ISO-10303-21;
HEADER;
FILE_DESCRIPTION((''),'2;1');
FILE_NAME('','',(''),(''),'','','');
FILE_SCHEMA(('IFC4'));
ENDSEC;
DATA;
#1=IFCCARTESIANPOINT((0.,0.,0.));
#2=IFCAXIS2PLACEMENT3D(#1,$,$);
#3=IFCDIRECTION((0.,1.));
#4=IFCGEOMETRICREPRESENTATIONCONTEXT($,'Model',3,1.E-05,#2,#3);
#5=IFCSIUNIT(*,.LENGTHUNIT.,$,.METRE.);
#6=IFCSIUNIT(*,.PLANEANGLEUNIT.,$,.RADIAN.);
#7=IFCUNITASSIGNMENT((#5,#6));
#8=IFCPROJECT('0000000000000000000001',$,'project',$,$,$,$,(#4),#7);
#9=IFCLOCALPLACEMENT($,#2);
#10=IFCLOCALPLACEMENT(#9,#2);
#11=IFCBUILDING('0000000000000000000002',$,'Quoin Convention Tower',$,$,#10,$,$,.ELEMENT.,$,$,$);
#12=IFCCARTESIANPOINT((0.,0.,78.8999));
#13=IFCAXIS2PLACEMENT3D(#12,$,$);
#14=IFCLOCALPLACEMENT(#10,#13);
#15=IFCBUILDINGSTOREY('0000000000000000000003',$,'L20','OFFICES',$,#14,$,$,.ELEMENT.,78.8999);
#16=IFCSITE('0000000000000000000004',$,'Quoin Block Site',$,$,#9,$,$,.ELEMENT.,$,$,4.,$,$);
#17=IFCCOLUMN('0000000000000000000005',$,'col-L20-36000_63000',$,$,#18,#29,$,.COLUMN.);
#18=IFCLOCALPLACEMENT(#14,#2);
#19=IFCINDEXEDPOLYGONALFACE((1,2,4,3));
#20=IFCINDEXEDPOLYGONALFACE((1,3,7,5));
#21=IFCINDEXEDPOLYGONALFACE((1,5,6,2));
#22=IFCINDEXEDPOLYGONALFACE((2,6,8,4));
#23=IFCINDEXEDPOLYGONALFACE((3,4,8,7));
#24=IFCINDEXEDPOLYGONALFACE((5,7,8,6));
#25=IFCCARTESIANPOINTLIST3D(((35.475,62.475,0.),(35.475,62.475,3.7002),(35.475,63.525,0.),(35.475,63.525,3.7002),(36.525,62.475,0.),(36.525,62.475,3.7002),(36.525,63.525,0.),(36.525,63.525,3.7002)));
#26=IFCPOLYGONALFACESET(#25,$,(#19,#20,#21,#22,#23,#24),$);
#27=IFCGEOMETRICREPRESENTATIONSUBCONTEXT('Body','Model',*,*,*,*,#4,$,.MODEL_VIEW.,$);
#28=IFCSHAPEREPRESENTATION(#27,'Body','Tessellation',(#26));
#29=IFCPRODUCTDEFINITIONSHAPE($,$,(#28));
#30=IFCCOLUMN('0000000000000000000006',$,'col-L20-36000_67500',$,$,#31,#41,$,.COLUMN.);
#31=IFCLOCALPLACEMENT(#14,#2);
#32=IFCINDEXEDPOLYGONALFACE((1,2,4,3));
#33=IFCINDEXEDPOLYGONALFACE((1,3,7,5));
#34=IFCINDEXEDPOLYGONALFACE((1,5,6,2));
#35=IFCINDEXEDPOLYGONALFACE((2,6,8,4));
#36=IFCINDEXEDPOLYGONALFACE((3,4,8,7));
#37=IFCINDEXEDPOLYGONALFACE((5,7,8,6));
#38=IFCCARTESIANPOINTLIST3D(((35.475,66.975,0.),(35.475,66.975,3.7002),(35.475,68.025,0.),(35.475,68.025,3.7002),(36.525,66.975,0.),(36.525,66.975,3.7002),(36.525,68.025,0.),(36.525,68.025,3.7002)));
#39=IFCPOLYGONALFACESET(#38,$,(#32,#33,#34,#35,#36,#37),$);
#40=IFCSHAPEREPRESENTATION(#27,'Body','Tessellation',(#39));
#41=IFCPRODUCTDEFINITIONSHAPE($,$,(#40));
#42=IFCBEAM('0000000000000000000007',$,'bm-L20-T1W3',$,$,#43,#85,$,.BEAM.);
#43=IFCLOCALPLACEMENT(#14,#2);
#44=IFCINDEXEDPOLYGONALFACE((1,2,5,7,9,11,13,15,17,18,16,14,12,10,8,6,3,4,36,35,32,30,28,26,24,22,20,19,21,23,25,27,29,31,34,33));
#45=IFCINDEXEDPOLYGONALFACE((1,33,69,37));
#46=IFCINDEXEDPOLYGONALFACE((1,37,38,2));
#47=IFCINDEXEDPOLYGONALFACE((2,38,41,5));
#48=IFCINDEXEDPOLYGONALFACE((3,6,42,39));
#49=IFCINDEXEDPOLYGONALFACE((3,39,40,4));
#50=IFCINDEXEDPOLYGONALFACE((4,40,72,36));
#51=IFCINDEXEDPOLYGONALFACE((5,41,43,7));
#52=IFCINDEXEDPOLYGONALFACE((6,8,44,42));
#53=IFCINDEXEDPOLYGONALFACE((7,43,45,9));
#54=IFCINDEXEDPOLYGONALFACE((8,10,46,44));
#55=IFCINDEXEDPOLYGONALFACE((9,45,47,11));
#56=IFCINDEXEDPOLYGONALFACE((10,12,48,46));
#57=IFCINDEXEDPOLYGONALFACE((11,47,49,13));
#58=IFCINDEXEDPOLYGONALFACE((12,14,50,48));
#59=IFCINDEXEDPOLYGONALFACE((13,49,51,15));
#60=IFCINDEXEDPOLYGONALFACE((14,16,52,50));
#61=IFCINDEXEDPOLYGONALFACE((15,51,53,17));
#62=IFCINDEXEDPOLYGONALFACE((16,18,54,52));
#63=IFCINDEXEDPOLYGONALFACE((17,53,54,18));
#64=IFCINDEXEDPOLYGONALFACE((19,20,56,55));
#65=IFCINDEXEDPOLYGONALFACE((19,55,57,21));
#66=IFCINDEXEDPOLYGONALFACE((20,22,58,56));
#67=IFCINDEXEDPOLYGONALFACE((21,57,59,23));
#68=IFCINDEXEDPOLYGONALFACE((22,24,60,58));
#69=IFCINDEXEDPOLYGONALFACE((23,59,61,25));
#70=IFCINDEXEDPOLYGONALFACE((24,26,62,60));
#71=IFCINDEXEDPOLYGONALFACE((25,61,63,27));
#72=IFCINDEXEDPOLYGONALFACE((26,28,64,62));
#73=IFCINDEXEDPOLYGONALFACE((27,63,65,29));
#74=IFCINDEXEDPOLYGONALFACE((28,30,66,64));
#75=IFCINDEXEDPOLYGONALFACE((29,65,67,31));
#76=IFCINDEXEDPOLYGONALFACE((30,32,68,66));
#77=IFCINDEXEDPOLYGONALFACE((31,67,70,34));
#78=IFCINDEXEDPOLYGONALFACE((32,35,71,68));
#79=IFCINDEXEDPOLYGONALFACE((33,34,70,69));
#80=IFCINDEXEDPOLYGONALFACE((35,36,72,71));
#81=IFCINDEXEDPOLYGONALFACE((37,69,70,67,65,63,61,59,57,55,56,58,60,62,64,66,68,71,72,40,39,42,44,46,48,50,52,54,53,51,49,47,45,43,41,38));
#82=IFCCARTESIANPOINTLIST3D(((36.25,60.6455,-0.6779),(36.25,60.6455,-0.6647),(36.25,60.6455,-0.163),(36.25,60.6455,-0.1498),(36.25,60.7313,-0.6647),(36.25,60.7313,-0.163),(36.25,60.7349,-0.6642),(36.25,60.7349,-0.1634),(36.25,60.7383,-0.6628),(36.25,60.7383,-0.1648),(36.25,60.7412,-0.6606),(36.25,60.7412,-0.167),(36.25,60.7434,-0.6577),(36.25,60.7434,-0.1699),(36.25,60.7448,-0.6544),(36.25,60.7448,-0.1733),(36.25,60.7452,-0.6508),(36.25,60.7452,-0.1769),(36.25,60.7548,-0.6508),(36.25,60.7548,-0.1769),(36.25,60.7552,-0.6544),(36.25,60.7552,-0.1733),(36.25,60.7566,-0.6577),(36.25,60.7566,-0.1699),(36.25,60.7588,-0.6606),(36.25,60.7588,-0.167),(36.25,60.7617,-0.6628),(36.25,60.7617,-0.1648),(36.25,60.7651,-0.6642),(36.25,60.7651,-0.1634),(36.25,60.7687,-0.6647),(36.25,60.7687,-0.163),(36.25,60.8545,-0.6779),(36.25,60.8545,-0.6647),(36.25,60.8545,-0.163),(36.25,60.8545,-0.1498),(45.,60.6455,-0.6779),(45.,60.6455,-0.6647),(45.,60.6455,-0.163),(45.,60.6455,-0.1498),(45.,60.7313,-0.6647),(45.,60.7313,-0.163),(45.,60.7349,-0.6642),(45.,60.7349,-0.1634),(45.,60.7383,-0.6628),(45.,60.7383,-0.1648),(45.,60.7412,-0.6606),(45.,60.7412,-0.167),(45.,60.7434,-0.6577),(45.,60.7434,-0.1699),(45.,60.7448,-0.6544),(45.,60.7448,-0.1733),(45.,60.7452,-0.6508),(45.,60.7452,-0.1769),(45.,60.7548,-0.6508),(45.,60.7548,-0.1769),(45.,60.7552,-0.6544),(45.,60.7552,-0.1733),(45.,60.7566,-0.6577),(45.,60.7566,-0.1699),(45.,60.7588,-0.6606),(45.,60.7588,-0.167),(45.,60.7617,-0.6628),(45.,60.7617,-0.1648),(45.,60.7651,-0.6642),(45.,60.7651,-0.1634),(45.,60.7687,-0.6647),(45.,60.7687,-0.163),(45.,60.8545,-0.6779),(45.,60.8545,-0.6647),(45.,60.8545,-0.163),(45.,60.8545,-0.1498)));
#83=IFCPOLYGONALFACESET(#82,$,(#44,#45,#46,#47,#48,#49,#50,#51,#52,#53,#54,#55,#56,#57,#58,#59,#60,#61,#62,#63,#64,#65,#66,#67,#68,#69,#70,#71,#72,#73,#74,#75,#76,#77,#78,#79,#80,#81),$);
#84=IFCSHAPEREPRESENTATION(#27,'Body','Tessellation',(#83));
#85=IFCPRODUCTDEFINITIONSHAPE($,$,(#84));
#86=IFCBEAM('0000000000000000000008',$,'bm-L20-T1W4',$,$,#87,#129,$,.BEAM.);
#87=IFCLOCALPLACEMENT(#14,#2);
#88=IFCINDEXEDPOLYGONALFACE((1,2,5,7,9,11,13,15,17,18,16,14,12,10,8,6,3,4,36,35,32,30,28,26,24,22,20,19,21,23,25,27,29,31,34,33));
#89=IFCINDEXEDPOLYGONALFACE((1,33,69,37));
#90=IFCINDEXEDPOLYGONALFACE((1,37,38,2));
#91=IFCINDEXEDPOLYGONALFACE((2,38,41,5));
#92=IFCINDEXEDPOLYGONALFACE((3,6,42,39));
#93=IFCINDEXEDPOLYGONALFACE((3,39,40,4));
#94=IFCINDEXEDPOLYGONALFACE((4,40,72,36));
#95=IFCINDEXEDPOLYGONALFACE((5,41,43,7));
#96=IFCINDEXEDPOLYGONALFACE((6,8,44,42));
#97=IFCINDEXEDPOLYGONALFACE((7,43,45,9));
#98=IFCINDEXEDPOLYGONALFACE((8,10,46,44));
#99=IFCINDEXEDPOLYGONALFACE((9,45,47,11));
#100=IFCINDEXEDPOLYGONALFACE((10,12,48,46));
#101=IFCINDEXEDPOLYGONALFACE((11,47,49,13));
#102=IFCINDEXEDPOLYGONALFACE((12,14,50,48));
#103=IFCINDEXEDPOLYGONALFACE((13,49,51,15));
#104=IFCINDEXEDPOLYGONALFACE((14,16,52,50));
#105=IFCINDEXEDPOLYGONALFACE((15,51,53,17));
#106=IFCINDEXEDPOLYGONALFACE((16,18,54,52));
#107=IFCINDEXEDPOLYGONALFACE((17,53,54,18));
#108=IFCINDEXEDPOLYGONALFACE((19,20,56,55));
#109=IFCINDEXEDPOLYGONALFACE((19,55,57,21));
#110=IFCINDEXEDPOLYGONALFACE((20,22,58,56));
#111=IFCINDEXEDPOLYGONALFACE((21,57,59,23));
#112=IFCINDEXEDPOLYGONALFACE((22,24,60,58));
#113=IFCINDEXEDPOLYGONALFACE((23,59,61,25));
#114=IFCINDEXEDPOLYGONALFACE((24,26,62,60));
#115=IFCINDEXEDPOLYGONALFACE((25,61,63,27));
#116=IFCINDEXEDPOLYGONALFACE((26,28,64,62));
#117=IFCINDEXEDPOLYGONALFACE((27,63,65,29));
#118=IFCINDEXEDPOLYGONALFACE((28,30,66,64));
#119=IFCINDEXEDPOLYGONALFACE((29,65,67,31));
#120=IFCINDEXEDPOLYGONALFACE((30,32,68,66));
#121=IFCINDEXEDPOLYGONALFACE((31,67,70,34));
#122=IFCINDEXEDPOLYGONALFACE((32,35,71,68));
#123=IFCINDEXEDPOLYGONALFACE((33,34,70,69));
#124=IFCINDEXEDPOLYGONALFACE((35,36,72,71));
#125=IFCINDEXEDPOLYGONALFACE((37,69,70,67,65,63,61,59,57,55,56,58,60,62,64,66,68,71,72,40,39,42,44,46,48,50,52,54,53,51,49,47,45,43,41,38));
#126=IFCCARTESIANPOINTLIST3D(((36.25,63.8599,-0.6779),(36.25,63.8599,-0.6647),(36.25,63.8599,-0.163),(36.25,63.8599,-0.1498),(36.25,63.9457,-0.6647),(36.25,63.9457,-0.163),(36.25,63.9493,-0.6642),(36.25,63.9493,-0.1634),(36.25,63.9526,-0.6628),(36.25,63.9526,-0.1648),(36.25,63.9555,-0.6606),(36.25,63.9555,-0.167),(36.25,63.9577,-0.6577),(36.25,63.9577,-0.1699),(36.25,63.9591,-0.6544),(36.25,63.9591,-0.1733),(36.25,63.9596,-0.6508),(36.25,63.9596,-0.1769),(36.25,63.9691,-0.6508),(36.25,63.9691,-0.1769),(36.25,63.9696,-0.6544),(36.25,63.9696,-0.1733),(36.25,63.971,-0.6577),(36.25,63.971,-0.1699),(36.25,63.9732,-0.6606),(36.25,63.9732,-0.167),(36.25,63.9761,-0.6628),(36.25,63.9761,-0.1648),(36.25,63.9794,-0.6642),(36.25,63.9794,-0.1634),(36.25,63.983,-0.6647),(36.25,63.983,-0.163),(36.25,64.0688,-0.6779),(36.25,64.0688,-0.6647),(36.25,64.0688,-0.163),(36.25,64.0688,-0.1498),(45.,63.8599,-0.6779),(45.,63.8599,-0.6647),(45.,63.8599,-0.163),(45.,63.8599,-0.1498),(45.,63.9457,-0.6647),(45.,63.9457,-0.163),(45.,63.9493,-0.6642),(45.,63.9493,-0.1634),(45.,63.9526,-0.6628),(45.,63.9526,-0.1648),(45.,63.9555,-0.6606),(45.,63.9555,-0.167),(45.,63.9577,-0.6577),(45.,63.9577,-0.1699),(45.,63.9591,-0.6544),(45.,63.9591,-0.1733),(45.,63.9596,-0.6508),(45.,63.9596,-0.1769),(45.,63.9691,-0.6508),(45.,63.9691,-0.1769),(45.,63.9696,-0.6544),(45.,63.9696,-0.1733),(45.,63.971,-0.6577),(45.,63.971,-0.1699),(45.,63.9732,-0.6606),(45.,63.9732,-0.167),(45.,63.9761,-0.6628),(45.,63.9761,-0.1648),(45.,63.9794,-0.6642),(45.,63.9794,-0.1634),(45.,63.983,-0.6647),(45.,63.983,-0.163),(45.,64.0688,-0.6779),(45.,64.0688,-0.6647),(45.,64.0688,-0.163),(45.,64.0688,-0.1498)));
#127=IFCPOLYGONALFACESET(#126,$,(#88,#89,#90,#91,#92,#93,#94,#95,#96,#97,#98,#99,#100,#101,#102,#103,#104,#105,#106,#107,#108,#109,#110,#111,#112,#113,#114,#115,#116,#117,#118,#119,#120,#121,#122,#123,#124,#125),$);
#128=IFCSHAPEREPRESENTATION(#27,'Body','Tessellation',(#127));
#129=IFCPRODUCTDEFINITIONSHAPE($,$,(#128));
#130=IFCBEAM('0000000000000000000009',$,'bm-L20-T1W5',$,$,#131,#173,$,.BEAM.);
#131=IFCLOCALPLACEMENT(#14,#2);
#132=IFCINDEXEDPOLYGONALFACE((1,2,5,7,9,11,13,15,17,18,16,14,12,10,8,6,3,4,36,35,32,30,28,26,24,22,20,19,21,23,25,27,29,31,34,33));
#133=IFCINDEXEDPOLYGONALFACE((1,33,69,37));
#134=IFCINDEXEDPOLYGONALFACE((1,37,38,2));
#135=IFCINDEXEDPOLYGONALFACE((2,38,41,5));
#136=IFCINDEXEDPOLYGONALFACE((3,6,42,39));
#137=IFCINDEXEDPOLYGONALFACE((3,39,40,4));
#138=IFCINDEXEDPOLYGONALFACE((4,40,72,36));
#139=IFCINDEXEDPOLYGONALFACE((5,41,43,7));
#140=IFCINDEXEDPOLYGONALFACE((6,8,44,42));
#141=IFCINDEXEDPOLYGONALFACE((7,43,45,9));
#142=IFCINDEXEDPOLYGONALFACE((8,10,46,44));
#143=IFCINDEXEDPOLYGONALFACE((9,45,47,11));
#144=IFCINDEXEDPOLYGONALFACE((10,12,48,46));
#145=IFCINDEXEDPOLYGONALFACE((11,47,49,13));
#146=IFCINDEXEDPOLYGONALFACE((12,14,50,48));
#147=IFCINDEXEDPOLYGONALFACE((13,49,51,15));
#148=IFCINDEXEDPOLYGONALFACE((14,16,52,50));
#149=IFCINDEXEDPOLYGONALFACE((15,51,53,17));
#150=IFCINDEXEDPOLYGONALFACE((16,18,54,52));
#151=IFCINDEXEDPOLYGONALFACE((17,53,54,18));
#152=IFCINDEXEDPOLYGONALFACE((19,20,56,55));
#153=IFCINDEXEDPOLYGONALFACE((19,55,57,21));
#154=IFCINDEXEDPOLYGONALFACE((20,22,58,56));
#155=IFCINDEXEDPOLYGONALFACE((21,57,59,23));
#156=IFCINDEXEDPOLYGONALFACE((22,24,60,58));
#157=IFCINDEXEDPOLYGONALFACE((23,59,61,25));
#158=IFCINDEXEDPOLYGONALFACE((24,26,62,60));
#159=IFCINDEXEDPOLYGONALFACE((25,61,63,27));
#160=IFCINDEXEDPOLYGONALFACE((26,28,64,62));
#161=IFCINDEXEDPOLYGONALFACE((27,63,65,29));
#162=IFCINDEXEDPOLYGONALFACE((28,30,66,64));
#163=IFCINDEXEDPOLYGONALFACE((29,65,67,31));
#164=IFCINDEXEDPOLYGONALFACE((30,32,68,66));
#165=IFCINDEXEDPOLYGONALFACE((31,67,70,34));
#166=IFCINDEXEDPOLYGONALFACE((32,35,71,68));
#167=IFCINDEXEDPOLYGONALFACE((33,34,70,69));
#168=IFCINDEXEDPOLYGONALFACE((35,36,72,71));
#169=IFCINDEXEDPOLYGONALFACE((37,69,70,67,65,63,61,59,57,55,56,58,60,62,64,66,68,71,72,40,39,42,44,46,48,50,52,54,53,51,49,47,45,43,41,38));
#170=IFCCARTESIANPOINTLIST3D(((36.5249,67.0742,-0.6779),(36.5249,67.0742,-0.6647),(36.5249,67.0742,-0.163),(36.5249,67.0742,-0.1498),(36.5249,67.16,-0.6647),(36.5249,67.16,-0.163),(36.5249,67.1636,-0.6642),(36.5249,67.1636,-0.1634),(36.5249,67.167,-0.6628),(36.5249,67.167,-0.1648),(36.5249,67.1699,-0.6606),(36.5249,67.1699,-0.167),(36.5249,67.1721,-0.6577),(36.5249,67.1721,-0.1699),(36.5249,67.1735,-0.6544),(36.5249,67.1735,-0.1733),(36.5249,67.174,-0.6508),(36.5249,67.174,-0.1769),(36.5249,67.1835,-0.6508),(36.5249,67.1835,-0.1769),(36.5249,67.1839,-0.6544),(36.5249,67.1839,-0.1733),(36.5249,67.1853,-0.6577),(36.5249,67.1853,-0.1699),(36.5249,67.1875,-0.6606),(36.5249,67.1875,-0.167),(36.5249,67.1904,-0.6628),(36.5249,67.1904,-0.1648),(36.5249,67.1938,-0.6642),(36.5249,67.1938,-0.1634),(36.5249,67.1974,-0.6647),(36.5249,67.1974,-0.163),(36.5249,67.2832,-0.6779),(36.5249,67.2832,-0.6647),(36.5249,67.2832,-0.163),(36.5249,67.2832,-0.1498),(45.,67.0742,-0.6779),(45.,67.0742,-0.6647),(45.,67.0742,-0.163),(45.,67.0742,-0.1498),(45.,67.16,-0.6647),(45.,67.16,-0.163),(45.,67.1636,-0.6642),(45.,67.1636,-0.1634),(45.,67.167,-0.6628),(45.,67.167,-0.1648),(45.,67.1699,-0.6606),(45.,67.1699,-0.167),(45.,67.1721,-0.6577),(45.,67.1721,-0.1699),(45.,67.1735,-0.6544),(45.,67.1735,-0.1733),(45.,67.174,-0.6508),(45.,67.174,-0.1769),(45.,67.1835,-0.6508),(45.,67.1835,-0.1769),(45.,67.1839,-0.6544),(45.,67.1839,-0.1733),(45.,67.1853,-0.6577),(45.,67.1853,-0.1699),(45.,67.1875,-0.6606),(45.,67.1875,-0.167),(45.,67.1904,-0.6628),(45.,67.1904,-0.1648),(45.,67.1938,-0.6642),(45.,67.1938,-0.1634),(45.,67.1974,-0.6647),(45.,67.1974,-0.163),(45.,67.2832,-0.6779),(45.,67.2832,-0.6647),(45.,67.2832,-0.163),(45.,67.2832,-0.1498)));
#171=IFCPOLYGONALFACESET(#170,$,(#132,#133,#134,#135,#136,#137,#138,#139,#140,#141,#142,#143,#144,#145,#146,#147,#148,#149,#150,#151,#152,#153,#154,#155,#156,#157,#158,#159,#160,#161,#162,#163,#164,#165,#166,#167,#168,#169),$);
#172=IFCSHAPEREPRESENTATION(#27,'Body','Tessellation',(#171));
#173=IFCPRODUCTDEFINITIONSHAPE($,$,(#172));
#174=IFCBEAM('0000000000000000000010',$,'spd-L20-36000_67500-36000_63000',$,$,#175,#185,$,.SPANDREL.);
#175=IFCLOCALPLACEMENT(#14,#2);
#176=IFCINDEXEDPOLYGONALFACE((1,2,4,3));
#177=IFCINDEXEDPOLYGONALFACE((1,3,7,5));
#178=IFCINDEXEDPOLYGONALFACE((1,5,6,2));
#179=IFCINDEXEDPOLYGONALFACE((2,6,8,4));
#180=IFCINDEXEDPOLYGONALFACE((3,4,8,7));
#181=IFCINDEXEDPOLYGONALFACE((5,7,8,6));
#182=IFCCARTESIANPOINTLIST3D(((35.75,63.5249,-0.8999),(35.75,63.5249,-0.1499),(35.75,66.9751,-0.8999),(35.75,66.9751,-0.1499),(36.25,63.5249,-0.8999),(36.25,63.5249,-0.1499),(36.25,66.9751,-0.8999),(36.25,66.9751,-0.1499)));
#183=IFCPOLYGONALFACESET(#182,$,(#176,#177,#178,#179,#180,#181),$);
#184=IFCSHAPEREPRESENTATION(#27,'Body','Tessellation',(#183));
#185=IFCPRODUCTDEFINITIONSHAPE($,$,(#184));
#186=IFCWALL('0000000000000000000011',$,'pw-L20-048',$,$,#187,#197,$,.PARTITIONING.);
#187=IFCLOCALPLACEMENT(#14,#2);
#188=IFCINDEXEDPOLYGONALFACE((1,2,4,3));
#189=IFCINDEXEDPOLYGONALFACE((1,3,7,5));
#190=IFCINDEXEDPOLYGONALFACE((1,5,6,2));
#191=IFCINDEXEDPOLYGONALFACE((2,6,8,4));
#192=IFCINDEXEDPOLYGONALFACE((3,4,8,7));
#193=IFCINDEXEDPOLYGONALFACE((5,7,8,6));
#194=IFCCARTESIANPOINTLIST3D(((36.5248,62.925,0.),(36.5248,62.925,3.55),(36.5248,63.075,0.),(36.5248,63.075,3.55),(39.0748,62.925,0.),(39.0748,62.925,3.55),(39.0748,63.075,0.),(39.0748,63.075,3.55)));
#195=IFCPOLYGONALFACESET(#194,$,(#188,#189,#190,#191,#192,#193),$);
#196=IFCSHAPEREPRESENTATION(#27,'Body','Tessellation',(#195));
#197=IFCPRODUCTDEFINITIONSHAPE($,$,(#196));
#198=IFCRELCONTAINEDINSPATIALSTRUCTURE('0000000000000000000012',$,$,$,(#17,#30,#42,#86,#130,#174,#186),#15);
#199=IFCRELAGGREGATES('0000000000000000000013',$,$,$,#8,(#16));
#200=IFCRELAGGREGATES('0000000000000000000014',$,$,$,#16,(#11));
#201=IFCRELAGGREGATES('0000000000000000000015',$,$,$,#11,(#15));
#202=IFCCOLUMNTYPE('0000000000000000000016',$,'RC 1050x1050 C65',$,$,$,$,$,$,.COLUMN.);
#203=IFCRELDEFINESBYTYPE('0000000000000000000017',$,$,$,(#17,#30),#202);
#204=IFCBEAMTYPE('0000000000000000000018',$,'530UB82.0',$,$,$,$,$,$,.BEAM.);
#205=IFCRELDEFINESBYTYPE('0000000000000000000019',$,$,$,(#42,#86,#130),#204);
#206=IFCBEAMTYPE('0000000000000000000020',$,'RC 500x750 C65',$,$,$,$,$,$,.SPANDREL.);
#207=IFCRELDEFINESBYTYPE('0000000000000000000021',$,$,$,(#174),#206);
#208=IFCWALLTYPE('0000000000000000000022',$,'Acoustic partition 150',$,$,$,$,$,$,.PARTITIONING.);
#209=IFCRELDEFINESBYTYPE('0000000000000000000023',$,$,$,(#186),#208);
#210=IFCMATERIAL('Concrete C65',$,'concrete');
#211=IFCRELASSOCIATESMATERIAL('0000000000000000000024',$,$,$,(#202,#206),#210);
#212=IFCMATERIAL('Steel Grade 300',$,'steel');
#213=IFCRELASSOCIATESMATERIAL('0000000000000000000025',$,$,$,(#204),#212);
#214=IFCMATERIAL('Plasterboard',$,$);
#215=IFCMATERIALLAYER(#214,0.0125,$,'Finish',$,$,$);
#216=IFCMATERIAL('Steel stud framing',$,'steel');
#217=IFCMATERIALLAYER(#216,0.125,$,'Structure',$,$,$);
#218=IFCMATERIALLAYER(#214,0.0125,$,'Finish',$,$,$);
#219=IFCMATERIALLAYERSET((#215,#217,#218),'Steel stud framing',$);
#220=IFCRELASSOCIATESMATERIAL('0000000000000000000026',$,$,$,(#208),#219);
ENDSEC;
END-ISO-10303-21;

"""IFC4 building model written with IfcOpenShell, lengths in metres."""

from ifc_helpers import new_model, si_unit, direction, frame, frame_2d, origin, origin_2d, place, context, subcontext, project, spatial, rectangle, i_section, extrude, material, layer, layer_set, material_profile, profile_set, type_object, element, save


model = new_model("IFC4")

# Units and contexts
model_context = context("Model", 3, precision=1e-05, world=origin(), true_north=direction((0.0, 1.0)))
body_context = subcontext(model_context, "Body", "Model", "MODEL_VIEW")
ifc_project = project(units=[si_unit("LENGTHUNIT", "METRE"), si_unit("PLANEANGLEUNIT", "RADIAN")], contexts=[model_context])

# Site, building, storey
site_placement = place(None, origin())
site = spatial("IfcSite", under=ifc_project, at=site_placement, Name="Quoin Block Site", CompositionType="ELEMENT", RefElevation=4.0)
building_placement = place(site_placement, origin())
building = spatial("IfcBuilding", under=site, at=building_placement, Name="Quoin Convention Tower", CompositionType="ELEMENT")
storey_placement = place(building_placement, frame((0.0, 0.0, 78.8999)))
storey = spatial("IfcBuildingStorey", under=building, at=storey_placement, Name="L20", Description="OFFICES", CompositionType="ELEMENT", Elevation=78.8999)

# Columns
ifc_material_1 = material(Name="Concrete C65", Category="concrete")
ifc_material_profile_1 = material_profile(ifc_material_1, rectangle(XDim=1.05, YDim=1.05, at=origin_2d()), Name="RC 1050x1050")
ifc_profile_set_1 = profile_set([ifc_material_profile_1], Name="Concrete C65")
column_type = type_object("IfcColumnType", Name="RC 1050x1050 C65", PredefinedType="COLUMN", material=ifc_profile_set_1)
for number, where, z_axis, x_axis, name in (
    (1, (36.0, 63.0, 0.0), (0.0, 0.0, 1.0), (1.0, 0.0, 0.0), "col-L20-36000_63000"),
    (2, (36.0, 67.5, 0.0), (0.0, 0.0, 1.0), (1.0, 0.0, 0.0), "col-L20-36000_67500"),
):
    element("IfcColumn", number, at=place(storey_placement, frame(where, z_axis=z_axis, x_axis=x_axis)), inside=storey, type_object=column_type, Name=name, PredefinedType="COLUMN", context=body_context, shape_type="SweptSolid", body=[
        extrude(rectangle(XDim=1.05, YDim=1.05, at=origin_2d()), origin(), (0.0, 0.0, 1.0), 3.7002),
    ])

# Beams
ifc_material_2 = material(Name="Steel Grade 300", Category="steel")
ifc_material_profile_2 = material_profile(ifc_material_2, i_section(OverallWidth=0.209, OverallDepth=0.5281, WebThickness=0.0095, FlangeThickness=0.0132, FilletRadius=0.0139, at=origin_2d()), Name="530UB82.0")
ifc_profile_set_2 = profile_set([ifc_material_profile_2], Name="Steel Grade 300")
beam_type_1 = type_object("IfcBeamType", Name="530UB82.0", PredefinedType="BEAM", material=ifc_profile_set_2)
for number, where, z_axis, x_axis, name in (
    (3, (36.25, 60.75, -0.4138), (1.0, 0.0, 0.0), (0.0, 1.0, 0.0), "bm-L20-T1W3"),
    (4, (36.25, 63.9644, -0.4138), (1.0, 0.0, 0.0), (0.0, 1.0, 0.0), "bm-L20-T1W4"),
):
    element("IfcBeam", number, at=place(storey_placement, frame(where, z_axis=z_axis, x_axis=x_axis)), inside=storey, type_object=beam_type_1, Name=name, PredefinedType="BEAM", context=body_context, shape_type="SweptSolid", body=[
        extrude(i_section(OverallWidth=0.209, OverallDepth=0.5281, WebThickness=0.0095, FlangeThickness=0.0132, FilletRadius=0.0139, at=origin_2d()), origin(), (0.0, 0.0, 1.0), 8.75),
    ])
beam_1_placement = place(storey_placement, frame((36.5249, 67.1787, -0.4138), z_axis=(1.0, 0.0, 0.0), x_axis=(0.0, 1.0, 0.0)))
element("IfcBeam", 5, at=beam_1_placement, inside=storey, type_object=beam_type_1, Name="bm-L20-T1W5", PredefinedType="BEAM", context=body_context, shape_type="SweptSolid", body=[
    extrude(i_section(OverallWidth=0.209, OverallDepth=0.5281, WebThickness=0.0095, FlangeThickness=0.0132, FilletRadius=0.0139, at=origin_2d()), origin(), (0.0, 0.0, 1.0), 8.4751),
])
ifc_material_profile_3 = material_profile(ifc_material_1, rectangle(XDim=0.5, YDim=0.75, at=origin_2d()), Name="RC 500x750")
ifc_profile_set_3 = profile_set([ifc_material_profile_3], Name="Concrete C65")
beam_type_2 = type_object("IfcBeamType", Name="RC 500x750 C65", PredefinedType="SPANDREL", material=ifc_profile_set_3)
beam_2_placement = place(storey_placement, frame((36.0, 66.9751, -0.5249), z_axis=(0.0, -1.0, 0.0), x_axis=(1.0, 0.0, 0.0)))
element("IfcBeam", 6, at=beam_2_placement, inside=storey, type_object=beam_type_2, Name="spd-L20-36000_67500-36000_63000", PredefinedType="SPANDREL", context=body_context, shape_type="SweptSolid", body=[
    extrude(rectangle(XDim=0.5, YDim=0.75, at=origin_2d()), origin(), (0.0, 0.0, 1.0), 3.4502),
])

# Wall
ifc_material_3 = material(Name="Plasterboard")
ifc_layer_1 = layer(ifc_material_3, 0.0125, Name="Finish")
ifc_material_4 = material(Name="Steel stud framing", Category="steel")
ifc_layer_2 = layer(ifc_material_4, 0.125, Name="Structure")
ifc_layer_3 = layer(ifc_material_3, 0.0125, Name="Finish")
ifc_layer_set_1 = layer_set([ifc_layer_1, ifc_layer_2, ifc_layer_3], Name="Steel stud framing")
wall_type_1 = type_object("IfcWallType", Name="Acoustic partition 150", PredefinedType="PARTITIONING", material=ifc_layer_set_1)
wall_1_placement = place(storey_placement, frame((36.5249, 63.0, 0.0), z_axis=(0.0, 0.0, 1.0), x_axis=(1.0, 0.0, 0.0)))
element("IfcWall", 7, at=wall_1_placement, inside=storey, type_object=wall_type_1, Name="pw-L20-048", PredefinedType="PARTITIONING", context=body_context, shape_type="SweptSolid", body=[
    extrude(rectangle(XDim=2.55, YDim=0.1499, at=frame_2d((1.2749, 0.0))), origin(), (0.0, 0.0, 1.0), 3.55),
])

save(model, "model.ifc")
